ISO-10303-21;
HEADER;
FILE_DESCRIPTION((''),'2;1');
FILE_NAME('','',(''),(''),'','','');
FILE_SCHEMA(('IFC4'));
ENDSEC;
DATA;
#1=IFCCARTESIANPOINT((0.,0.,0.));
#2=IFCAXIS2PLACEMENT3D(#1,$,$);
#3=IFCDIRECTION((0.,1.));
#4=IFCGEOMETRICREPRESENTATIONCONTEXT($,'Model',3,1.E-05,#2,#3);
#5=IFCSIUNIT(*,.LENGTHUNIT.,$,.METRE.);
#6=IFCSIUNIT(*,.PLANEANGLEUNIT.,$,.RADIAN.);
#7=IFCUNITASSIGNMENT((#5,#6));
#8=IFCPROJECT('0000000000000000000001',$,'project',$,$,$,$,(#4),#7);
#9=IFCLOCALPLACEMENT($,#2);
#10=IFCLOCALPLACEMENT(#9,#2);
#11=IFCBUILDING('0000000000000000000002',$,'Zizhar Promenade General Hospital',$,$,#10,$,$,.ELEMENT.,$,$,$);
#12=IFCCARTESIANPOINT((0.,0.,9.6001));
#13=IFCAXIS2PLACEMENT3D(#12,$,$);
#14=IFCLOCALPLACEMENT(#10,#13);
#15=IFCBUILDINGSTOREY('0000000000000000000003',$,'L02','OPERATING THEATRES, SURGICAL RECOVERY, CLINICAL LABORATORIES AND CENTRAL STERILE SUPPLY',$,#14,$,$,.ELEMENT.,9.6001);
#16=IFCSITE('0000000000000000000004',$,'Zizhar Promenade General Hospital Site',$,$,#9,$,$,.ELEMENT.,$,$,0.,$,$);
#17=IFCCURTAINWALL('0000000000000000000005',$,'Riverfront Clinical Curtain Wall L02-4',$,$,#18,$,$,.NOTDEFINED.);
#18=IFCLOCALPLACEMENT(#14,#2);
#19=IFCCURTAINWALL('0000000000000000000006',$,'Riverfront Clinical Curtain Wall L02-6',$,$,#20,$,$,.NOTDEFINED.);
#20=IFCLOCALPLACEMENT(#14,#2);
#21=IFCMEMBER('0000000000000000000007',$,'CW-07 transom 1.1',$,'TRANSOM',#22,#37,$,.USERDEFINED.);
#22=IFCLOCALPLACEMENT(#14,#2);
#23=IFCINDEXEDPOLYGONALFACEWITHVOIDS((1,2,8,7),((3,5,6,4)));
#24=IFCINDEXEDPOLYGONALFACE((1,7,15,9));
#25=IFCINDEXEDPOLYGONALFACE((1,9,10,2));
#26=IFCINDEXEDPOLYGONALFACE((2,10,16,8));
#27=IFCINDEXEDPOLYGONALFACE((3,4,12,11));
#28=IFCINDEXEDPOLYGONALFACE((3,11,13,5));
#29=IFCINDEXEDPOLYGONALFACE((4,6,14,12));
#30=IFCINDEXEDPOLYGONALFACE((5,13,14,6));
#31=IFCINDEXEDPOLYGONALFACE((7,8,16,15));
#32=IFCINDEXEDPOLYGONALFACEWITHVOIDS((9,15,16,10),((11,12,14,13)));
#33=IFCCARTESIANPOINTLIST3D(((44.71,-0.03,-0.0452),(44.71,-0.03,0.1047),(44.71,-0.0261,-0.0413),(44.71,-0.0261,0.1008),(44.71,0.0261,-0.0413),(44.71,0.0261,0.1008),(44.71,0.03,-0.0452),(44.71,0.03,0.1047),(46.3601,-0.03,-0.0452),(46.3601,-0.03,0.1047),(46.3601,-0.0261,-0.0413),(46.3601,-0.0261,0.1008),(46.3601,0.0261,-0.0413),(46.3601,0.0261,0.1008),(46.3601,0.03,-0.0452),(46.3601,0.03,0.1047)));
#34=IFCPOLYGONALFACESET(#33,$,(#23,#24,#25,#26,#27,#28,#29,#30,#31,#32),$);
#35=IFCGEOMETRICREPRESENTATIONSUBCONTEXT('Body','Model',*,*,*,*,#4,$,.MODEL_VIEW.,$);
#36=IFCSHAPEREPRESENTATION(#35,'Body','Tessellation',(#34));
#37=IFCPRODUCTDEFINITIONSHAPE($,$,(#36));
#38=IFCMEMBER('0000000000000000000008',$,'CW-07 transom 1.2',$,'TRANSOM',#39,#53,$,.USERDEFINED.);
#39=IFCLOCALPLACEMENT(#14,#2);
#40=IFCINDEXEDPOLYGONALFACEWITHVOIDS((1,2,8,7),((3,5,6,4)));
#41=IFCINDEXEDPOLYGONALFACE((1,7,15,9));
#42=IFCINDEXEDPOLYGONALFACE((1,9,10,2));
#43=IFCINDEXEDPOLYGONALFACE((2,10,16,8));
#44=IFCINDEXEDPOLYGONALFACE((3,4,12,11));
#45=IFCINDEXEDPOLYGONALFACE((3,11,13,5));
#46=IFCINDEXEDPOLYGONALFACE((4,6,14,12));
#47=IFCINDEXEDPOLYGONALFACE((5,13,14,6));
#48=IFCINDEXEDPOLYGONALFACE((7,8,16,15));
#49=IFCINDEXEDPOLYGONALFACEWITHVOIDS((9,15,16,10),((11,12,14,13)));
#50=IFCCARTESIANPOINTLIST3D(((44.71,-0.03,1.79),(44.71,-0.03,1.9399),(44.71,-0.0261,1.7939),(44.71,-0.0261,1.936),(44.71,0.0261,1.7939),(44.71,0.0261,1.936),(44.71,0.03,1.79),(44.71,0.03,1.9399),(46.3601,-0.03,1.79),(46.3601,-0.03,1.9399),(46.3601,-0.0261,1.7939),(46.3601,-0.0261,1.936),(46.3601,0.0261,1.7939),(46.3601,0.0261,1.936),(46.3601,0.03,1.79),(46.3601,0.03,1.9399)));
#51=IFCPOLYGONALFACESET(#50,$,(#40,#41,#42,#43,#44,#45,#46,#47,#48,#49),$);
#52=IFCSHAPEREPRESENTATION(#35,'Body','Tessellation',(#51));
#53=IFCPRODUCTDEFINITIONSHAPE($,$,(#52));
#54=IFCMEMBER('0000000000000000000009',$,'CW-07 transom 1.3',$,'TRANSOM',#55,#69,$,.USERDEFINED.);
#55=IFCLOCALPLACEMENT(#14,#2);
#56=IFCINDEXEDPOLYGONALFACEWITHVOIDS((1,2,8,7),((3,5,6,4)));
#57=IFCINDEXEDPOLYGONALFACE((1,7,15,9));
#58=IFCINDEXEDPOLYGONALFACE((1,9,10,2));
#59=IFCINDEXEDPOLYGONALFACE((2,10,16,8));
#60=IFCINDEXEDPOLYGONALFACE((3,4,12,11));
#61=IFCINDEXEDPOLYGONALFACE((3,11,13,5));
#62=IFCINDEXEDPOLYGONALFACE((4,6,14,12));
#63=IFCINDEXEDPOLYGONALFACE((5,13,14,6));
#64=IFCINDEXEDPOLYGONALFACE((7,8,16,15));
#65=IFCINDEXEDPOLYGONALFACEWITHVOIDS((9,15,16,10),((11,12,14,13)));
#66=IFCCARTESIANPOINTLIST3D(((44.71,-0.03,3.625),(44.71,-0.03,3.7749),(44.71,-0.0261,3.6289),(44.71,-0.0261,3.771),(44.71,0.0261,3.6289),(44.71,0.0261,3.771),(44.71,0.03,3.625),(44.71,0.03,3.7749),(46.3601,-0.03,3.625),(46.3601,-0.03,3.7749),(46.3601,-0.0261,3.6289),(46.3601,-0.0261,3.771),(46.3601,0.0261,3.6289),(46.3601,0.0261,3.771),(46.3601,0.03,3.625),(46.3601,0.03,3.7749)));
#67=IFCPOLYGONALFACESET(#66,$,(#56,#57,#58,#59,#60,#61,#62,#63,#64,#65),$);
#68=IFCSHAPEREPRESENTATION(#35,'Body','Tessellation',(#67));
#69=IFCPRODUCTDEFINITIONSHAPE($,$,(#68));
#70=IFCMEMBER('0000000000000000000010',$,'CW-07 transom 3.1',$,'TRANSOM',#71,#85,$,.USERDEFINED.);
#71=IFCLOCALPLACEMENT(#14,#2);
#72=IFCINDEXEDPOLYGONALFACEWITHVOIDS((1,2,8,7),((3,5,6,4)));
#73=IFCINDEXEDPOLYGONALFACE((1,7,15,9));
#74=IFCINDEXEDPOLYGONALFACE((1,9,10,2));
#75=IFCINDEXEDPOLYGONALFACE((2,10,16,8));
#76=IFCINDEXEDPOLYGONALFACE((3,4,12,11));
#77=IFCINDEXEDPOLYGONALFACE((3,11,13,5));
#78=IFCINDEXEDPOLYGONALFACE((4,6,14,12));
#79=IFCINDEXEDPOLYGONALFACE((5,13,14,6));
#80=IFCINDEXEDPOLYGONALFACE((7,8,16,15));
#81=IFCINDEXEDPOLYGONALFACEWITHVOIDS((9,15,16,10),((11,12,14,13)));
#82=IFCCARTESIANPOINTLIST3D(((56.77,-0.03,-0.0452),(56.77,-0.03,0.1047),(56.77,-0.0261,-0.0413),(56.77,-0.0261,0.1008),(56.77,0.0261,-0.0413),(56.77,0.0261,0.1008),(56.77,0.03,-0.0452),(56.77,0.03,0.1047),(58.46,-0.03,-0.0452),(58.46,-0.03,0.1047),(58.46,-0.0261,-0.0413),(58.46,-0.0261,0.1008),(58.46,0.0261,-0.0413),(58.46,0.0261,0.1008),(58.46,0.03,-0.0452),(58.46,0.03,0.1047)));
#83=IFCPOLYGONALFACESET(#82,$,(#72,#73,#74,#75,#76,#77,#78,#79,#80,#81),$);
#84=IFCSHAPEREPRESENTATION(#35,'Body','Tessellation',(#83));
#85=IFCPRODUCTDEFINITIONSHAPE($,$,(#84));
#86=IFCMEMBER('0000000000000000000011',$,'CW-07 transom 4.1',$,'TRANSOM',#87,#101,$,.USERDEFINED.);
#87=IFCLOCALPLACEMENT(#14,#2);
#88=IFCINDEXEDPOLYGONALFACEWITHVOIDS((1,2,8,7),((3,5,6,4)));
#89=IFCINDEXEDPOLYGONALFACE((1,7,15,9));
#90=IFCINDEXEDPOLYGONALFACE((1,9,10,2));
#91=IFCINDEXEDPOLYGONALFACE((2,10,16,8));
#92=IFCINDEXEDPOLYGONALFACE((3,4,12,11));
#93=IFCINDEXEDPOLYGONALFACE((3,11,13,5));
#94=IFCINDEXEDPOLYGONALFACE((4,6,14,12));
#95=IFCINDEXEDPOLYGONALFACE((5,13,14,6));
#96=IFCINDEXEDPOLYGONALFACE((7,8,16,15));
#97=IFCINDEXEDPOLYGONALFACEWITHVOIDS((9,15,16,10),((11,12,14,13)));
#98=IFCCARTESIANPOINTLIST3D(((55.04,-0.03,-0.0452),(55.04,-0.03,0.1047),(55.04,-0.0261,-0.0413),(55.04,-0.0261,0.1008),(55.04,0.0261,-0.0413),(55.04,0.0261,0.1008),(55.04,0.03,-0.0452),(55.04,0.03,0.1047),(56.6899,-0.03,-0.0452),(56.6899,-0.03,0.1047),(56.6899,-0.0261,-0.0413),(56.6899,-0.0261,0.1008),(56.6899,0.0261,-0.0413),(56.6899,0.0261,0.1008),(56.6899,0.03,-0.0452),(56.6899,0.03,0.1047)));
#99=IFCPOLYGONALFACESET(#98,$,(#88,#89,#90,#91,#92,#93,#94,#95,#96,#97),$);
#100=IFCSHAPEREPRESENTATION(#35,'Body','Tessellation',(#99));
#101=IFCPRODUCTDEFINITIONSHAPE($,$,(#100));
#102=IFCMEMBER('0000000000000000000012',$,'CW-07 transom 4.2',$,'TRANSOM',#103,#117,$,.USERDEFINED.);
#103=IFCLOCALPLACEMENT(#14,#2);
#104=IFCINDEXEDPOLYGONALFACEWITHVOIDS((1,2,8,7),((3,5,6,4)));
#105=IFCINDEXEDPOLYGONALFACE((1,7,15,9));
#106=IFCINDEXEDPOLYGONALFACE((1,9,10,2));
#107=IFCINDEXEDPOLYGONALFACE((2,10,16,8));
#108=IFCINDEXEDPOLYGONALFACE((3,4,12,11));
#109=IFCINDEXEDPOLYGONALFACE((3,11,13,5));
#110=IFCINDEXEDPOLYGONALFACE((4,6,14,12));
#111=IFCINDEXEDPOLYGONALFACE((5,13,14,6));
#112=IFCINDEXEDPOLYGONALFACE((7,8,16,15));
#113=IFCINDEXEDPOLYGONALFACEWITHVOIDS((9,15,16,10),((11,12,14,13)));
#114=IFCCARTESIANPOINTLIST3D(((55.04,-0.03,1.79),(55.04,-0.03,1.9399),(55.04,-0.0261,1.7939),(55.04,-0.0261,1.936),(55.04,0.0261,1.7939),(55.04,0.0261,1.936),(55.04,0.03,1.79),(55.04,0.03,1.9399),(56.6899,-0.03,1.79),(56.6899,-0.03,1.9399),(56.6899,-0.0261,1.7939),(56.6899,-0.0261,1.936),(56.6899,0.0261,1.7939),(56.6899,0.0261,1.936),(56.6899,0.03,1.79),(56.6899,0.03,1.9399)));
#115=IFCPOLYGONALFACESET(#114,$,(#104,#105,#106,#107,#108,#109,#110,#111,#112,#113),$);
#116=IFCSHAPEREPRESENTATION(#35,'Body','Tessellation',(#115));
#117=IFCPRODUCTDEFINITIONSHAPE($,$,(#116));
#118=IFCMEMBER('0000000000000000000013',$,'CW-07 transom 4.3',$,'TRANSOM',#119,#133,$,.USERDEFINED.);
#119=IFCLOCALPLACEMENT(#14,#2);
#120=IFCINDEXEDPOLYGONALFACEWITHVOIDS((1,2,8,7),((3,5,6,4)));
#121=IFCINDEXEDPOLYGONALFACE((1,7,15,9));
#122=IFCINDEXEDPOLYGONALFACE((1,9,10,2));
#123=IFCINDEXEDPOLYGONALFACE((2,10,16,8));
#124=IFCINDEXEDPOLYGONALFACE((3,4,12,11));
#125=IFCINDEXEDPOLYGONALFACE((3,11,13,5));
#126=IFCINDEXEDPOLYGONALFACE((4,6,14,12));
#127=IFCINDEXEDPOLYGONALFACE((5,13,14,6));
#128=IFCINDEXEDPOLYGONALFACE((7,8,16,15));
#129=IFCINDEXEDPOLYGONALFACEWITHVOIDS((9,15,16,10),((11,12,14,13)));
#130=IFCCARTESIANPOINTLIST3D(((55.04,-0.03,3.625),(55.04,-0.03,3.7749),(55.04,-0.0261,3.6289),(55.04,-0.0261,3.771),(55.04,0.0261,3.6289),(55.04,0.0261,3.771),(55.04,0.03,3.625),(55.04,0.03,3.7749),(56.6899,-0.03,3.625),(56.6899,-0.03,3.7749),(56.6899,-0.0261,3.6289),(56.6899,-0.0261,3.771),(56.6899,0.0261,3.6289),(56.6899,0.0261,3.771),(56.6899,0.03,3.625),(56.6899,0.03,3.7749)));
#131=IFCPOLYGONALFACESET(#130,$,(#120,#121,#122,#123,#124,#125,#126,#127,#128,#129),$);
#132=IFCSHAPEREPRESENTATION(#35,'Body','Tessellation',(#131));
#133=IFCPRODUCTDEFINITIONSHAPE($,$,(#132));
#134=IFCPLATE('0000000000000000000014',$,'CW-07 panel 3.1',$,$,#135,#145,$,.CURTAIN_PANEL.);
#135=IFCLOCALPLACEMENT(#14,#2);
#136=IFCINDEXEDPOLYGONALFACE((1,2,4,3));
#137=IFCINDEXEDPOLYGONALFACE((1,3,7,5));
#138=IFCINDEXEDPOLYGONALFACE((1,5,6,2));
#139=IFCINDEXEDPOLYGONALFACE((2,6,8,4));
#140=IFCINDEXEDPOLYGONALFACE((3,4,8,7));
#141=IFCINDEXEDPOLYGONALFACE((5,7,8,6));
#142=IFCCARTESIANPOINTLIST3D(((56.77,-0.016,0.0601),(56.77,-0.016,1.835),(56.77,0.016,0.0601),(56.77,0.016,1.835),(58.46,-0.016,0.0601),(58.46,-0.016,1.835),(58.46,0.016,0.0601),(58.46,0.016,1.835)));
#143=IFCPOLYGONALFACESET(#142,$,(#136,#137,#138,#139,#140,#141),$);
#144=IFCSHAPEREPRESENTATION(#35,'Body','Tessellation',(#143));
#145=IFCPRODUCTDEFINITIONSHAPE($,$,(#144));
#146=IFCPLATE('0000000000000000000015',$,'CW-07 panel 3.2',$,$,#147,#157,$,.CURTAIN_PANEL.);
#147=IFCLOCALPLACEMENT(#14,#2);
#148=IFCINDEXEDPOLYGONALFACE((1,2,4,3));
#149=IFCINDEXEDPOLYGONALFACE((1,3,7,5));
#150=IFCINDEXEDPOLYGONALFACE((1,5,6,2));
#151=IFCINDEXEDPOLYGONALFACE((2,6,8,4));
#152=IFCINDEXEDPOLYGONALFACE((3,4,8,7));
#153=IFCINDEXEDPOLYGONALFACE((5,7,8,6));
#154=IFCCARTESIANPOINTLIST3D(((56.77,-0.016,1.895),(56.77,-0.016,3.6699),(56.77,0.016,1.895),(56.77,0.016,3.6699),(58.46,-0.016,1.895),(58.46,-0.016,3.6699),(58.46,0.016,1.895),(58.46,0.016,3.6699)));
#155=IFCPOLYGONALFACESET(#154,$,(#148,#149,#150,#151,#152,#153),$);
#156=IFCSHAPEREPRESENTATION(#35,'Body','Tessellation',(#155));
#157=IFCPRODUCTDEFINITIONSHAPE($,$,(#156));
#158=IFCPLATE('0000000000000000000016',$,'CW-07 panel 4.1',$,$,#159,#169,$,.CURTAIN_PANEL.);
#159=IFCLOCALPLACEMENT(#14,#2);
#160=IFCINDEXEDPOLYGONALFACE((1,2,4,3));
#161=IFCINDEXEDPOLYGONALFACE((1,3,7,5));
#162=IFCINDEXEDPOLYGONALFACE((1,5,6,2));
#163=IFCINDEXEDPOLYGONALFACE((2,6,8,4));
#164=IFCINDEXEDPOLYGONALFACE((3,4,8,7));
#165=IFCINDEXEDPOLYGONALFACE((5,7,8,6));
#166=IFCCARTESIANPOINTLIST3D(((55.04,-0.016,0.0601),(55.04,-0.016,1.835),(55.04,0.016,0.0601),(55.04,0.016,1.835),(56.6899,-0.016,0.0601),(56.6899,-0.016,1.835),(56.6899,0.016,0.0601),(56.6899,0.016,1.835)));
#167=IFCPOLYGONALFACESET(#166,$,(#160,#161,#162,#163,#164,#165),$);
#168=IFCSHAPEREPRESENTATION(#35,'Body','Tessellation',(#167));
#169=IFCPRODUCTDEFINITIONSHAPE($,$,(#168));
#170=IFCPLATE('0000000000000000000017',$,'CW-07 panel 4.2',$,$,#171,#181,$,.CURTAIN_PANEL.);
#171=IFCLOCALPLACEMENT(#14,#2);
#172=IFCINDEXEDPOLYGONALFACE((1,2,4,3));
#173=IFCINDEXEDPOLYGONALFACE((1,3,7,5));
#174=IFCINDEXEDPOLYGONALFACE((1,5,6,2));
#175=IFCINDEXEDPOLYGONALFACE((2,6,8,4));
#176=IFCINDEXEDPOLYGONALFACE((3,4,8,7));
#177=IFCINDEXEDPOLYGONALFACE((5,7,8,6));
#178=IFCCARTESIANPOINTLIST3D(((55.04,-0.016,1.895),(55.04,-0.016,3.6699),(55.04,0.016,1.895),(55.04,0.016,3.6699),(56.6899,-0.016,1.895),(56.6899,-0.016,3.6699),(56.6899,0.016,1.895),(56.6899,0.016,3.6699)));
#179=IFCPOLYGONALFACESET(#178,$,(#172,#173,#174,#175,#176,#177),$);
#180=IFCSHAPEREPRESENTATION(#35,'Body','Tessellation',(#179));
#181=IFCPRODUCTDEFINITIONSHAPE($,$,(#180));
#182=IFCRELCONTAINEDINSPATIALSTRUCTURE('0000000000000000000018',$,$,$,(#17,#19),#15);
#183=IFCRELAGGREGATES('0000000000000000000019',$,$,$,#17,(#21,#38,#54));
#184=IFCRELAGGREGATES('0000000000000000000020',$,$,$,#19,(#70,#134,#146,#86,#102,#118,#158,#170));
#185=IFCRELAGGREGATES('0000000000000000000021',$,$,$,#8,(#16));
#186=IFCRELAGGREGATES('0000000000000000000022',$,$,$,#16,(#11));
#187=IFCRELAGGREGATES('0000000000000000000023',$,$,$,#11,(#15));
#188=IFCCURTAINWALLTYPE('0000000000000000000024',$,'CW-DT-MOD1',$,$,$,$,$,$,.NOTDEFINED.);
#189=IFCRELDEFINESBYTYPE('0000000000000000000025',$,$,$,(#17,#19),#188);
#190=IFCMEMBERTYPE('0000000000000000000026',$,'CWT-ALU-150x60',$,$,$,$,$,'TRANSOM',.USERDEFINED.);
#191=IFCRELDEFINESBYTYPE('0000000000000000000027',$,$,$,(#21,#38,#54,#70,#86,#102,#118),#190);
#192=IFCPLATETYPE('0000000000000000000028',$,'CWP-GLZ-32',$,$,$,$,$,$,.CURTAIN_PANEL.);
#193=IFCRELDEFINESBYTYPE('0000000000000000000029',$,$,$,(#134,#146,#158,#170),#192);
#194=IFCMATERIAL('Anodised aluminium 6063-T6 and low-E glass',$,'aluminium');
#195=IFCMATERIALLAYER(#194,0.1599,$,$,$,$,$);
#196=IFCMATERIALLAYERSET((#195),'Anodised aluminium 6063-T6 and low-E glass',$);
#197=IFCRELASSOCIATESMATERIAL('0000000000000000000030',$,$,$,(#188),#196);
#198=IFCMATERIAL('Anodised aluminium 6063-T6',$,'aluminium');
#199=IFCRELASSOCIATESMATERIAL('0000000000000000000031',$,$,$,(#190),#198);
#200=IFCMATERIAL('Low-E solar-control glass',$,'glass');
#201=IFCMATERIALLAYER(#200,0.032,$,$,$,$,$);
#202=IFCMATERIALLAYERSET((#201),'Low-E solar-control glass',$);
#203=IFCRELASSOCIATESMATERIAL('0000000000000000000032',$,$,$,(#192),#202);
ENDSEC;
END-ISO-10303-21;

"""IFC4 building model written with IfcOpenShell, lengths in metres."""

from ifc_helpers import new_model, si_unit, direction, frame, origin, origin_2d, place, context, subcontext, project, spatial, rectangle, hollow_rectangle, extrude, material, layer, layer_set, material_profile, profile_set, type_object, element, aggregate, save


model = new_model("IFC4")

# Units and contexts
model_context = context("Model", 3, precision=1e-05, world=origin(), true_north=direction((0.0, 1.0)))
body_context = subcontext(model_context, "Body", "Model", "MODEL_VIEW")
ifc_project = project(units=[si_unit("LENGTHUNIT", "METRE"), si_unit("PLANEANGLEUNIT", "RADIAN")], contexts=[model_context])

# Site, building, storey
site_placement = place(None, origin())
site = spatial("IfcSite", under=ifc_project, at=site_placement, Name="Zizhar Promenade General Hospital Site", CompositionType="ELEMENT", RefElevation=0.0)
building_placement = place(site_placement, origin())
building = spatial("IfcBuilding", under=site, at=building_placement, Name="Zizhar Promenade General Hospital", CompositionType="ELEMENT")
storey_placement = place(building_placement, frame((0.0, 0.0, 9.6001)))
storey = spatial("IfcBuildingStorey", under=building, at=storey_placement, Name="L02", Description="OPERATING THEATRES, SURGICAL RECOVERY, CLINICAL LABORATORIES AND CENTRAL STERILE SUPPLY", CompositionType="ELEMENT", Elevation=9.6001)

# Curtain wall
ifc_material_1 = material(Name="Anodised aluminium 6063-T6 and low-E glass", Category="aluminium")
ifc_layer_1 = layer(ifc_material_1, 0.1599)
ifc_layer_set_1 = layer_set([ifc_layer_1], Name="Anodised aluminium 6063-T6 and low-E glass")
curtain_wall_type = type_object("IfcCurtainWallType", Name="CW-DT-MOD1", PredefinedType="NOTDEFINED", material=ifc_layer_set_1)
curtain_wall_1_placement = place(storey_placement, origin())
curtain_wall_1 = element("IfcCurtainWall", 1, at=curtain_wall_1_placement, inside=storey, type_object=curtain_wall_type, Name="Riverfront Clinical Curtain Wall L02-4", PredefinedType="NOTDEFINED")

# Curtain wall
curtain_wall_2_placement = place(storey_placement, origin())
curtain_wall_2 = element("IfcCurtainWall", 2, at=curtain_wall_2_placement, inside=storey, type_object=curtain_wall_type, Name="Riverfront Clinical Curtain Wall L02-6", PredefinedType="NOTDEFINED")

# Members
ifc_material_2 = material(Name="Anodised aluminium 6063-T6", Category="aluminium")
ifc_material_profile_1 = material_profile(ifc_material_2, hollow_rectangle(XDim=0.0601, YDim=0.1499, WallThickness=0.0039, at=origin_2d()))
ifc_profile_set_1 = profile_set([ifc_material_profile_1], Name="Anodised aluminium 6063-T6")
member_type_1 = type_object("IfcMemberType", Name="CWT-ALU-150x60", ElementType="TRANSOM", PredefinedType="USERDEFINED", material=ifc_profile_set_1)
member_1_placement = place(storey_placement, frame((46.3601, 0.0, 0.0298), z_axis=(-1.0, 0.0, 0.0), x_axis=(0.0, -1.0, 0.0)))
member_1 = element("IfcMember", 3, at=member_1_placement, type_object=member_type_1, Name="CW-07 transom 1.1", ObjectType="TRANSOM", PredefinedType="USERDEFINED", context=body_context, shape_type="SweptSolid", body=[
    extrude(hollow_rectangle(XDim=0.0601, YDim=0.1499, WallThickness=0.0039, at=origin_2d()), origin(), (0.0, 0.0, 1.0), 1.6501),
])
member_2_placement = place(storey_placement, frame((46.3601, 0.0, 1.865), z_axis=(-1.0, 0.0, 0.0), x_axis=(0.0, -1.0, 0.0)))
member_2 = element("IfcMember", 4, at=member_2_placement, type_object=member_type_1, Name="CW-07 transom 1.2", ObjectType="TRANSOM", PredefinedType="USERDEFINED", context=body_context, shape_type="SweptSolid", body=[
    extrude(hollow_rectangle(XDim=0.0601, YDim=0.1499, WallThickness=0.0039, at=origin_2d()), origin(), (0.0, 0.0, 1.0), 1.6501),
])
member_3_placement = place(storey_placement, frame((46.3601, 0.0, 3.7), z_axis=(-1.0, 0.0, 0.0), x_axis=(0.0, -1.0, 0.0)))
member_3 = element("IfcMember", 5, at=member_3_placement, type_object=member_type_1, Name="CW-07 transom 1.3", ObjectType="TRANSOM", PredefinedType="USERDEFINED", context=body_context, shape_type="SweptSolid", body=[
    extrude(hollow_rectangle(XDim=0.0601, YDim=0.1499, WallThickness=0.0039, at=origin_2d()), origin(), (0.0, 0.0, 1.0), 1.6501),
])
aggregate(curtain_wall_1, [member_1, member_2, member_3])
member_4_placement = place(storey_placement, frame((58.46, 0.0, 0.0298), z_axis=(-1.0, 0.0, 0.0), x_axis=(0.0, -1.0, 0.0)))
member_4 = element("IfcMember", 6, at=member_4_placement, type_object=member_type_1, Name="CW-07 transom 3.1", ObjectType="TRANSOM", PredefinedType="USERDEFINED", context=body_context, shape_type="SweptSolid", body=[
    extrude(hollow_rectangle(XDim=0.0601, YDim=0.1499, WallThickness=0.0039, at=origin_2d()), origin(), (0.0, 0.0, 1.0), 1.6899),
])
member_5_placement = place(storey_placement, frame((56.6899, 0.0, 0.0298), z_axis=(-1.0, 0.0, 0.0), x_axis=(0.0, -1.0, 0.0)))
member_5 = element("IfcMember", 7, at=member_5_placement, type_object=member_type_1, Name="CW-07 transom 4.1", ObjectType="TRANSOM", PredefinedType="USERDEFINED", context=body_context, shape_type="SweptSolid", body=[
    extrude(hollow_rectangle(XDim=0.0601, YDim=0.1499, WallThickness=0.0039, at=origin_2d()), origin(), (0.0, 0.0, 1.0), 1.6499),
])
member_6_placement = place(storey_placement, frame((56.6899, 0.0, 1.865), z_axis=(-1.0, 0.0, 0.0), x_axis=(0.0, -1.0, 0.0)))
member_6 = element("IfcMember", 8, at=member_6_placement, type_object=member_type_1, Name="CW-07 transom 4.2", ObjectType="TRANSOM", PredefinedType="USERDEFINED", context=body_context, shape_type="SweptSolid", body=[
    extrude(hollow_rectangle(XDim=0.0601, YDim=0.1499, WallThickness=0.0039, at=origin_2d()), origin(), (0.0, 0.0, 1.0), 1.6499),
])
member_7_placement = place(storey_placement, frame((56.6899, 0.0, 3.7), z_axis=(-1.0, 0.0, 0.0), x_axis=(0.0, -1.0, 0.0)))
member_7 = element("IfcMember", 9, at=member_7_placement, type_object=member_type_1, Name="CW-07 transom 4.3", ObjectType="TRANSOM", PredefinedType="USERDEFINED", context=body_context, shape_type="SweptSolid", body=[
    extrude(hollow_rectangle(XDim=0.0601, YDim=0.1499, WallThickness=0.0039, at=origin_2d()), origin(), (0.0, 0.0, 1.0), 1.6499),
])

# Plates
ifc_material_3 = material(Name="Low-E solar-control glass", Category="glass")
ifc_layer_2 = layer(ifc_material_3, 0.032)
ifc_layer_set_2 = layer_set([ifc_layer_2], Name="Low-E solar-control glass")
plate_type = type_object("IfcPlateType", Name="CWP-GLZ-32", PredefinedType="CURTAIN_PANEL", material=ifc_layer_set_2)
plate_1_placement = place(storey_placement, frame((57.615, 0.0, 0.0601), z_axis=(0.0, 0.0, 1.0), x_axis=(-1.0, 0.0, 0.0)))
plate_1 = element("IfcPlate", 10, at=plate_1_placement, type_object=plate_type, Name="CW-07 panel 3.1", PredefinedType="CURTAIN_PANEL", context=body_context, shape_type="SweptSolid", body=[
    extrude(rectangle(XDim=1.6899, YDim=0.032, at=origin_2d()), origin(), (0.0, 0.0, 1.0), 1.7749),
])
plate_2_placement = place(storey_placement, frame((57.615, 0.0, 1.895), z_axis=(0.0, 0.0, 1.0), x_axis=(-1.0, 0.0, 0.0)))
plate_2 = element("IfcPlate", 11, at=plate_2_placement, type_object=plate_type, Name="CW-07 panel 3.2", PredefinedType="CURTAIN_PANEL", context=body_context, shape_type="SweptSolid", body=[
    extrude(rectangle(XDim=1.6899, YDim=0.032, at=origin_2d()), origin(), (0.0, 0.0, 1.0), 1.7749),
])
plate_3_placement = place(storey_placement, frame((55.865, 0.0, 0.0601), z_axis=(0.0, 0.0, 1.0), x_axis=(-1.0, 0.0, 0.0)))
plate_3 = element("IfcPlate", 12, at=plate_3_placement, type_object=plate_type, Name="CW-07 panel 4.1", PredefinedType="CURTAIN_PANEL", context=body_context, shape_type="SweptSolid", body=[
    extrude(rectangle(XDim=1.6499, YDim=0.032, at=origin_2d()), origin(), (0.0, 0.0, 1.0), 1.7749),
])
plate_4_placement = place(storey_placement, frame((55.865, 0.0, 1.895), z_axis=(0.0, 0.0, 1.0), x_axis=(-1.0, 0.0, 0.0)))
plate_4 = element("IfcPlate", 13, at=plate_4_placement, type_object=plate_type, Name="CW-07 panel 4.2", PredefinedType="CURTAIN_PANEL", context=body_context, shape_type="SweptSolid", body=[
    extrude(rectangle(XDim=1.6499, YDim=0.032, at=origin_2d()), origin(), (0.0, 0.0, 1.0), 1.7749),
])
aggregate(curtain_wall_2, [member_4, plate_1, plate_2, member_5, member_6, member_7, plate_3, plate_4])

save(model, "model.ifc")
